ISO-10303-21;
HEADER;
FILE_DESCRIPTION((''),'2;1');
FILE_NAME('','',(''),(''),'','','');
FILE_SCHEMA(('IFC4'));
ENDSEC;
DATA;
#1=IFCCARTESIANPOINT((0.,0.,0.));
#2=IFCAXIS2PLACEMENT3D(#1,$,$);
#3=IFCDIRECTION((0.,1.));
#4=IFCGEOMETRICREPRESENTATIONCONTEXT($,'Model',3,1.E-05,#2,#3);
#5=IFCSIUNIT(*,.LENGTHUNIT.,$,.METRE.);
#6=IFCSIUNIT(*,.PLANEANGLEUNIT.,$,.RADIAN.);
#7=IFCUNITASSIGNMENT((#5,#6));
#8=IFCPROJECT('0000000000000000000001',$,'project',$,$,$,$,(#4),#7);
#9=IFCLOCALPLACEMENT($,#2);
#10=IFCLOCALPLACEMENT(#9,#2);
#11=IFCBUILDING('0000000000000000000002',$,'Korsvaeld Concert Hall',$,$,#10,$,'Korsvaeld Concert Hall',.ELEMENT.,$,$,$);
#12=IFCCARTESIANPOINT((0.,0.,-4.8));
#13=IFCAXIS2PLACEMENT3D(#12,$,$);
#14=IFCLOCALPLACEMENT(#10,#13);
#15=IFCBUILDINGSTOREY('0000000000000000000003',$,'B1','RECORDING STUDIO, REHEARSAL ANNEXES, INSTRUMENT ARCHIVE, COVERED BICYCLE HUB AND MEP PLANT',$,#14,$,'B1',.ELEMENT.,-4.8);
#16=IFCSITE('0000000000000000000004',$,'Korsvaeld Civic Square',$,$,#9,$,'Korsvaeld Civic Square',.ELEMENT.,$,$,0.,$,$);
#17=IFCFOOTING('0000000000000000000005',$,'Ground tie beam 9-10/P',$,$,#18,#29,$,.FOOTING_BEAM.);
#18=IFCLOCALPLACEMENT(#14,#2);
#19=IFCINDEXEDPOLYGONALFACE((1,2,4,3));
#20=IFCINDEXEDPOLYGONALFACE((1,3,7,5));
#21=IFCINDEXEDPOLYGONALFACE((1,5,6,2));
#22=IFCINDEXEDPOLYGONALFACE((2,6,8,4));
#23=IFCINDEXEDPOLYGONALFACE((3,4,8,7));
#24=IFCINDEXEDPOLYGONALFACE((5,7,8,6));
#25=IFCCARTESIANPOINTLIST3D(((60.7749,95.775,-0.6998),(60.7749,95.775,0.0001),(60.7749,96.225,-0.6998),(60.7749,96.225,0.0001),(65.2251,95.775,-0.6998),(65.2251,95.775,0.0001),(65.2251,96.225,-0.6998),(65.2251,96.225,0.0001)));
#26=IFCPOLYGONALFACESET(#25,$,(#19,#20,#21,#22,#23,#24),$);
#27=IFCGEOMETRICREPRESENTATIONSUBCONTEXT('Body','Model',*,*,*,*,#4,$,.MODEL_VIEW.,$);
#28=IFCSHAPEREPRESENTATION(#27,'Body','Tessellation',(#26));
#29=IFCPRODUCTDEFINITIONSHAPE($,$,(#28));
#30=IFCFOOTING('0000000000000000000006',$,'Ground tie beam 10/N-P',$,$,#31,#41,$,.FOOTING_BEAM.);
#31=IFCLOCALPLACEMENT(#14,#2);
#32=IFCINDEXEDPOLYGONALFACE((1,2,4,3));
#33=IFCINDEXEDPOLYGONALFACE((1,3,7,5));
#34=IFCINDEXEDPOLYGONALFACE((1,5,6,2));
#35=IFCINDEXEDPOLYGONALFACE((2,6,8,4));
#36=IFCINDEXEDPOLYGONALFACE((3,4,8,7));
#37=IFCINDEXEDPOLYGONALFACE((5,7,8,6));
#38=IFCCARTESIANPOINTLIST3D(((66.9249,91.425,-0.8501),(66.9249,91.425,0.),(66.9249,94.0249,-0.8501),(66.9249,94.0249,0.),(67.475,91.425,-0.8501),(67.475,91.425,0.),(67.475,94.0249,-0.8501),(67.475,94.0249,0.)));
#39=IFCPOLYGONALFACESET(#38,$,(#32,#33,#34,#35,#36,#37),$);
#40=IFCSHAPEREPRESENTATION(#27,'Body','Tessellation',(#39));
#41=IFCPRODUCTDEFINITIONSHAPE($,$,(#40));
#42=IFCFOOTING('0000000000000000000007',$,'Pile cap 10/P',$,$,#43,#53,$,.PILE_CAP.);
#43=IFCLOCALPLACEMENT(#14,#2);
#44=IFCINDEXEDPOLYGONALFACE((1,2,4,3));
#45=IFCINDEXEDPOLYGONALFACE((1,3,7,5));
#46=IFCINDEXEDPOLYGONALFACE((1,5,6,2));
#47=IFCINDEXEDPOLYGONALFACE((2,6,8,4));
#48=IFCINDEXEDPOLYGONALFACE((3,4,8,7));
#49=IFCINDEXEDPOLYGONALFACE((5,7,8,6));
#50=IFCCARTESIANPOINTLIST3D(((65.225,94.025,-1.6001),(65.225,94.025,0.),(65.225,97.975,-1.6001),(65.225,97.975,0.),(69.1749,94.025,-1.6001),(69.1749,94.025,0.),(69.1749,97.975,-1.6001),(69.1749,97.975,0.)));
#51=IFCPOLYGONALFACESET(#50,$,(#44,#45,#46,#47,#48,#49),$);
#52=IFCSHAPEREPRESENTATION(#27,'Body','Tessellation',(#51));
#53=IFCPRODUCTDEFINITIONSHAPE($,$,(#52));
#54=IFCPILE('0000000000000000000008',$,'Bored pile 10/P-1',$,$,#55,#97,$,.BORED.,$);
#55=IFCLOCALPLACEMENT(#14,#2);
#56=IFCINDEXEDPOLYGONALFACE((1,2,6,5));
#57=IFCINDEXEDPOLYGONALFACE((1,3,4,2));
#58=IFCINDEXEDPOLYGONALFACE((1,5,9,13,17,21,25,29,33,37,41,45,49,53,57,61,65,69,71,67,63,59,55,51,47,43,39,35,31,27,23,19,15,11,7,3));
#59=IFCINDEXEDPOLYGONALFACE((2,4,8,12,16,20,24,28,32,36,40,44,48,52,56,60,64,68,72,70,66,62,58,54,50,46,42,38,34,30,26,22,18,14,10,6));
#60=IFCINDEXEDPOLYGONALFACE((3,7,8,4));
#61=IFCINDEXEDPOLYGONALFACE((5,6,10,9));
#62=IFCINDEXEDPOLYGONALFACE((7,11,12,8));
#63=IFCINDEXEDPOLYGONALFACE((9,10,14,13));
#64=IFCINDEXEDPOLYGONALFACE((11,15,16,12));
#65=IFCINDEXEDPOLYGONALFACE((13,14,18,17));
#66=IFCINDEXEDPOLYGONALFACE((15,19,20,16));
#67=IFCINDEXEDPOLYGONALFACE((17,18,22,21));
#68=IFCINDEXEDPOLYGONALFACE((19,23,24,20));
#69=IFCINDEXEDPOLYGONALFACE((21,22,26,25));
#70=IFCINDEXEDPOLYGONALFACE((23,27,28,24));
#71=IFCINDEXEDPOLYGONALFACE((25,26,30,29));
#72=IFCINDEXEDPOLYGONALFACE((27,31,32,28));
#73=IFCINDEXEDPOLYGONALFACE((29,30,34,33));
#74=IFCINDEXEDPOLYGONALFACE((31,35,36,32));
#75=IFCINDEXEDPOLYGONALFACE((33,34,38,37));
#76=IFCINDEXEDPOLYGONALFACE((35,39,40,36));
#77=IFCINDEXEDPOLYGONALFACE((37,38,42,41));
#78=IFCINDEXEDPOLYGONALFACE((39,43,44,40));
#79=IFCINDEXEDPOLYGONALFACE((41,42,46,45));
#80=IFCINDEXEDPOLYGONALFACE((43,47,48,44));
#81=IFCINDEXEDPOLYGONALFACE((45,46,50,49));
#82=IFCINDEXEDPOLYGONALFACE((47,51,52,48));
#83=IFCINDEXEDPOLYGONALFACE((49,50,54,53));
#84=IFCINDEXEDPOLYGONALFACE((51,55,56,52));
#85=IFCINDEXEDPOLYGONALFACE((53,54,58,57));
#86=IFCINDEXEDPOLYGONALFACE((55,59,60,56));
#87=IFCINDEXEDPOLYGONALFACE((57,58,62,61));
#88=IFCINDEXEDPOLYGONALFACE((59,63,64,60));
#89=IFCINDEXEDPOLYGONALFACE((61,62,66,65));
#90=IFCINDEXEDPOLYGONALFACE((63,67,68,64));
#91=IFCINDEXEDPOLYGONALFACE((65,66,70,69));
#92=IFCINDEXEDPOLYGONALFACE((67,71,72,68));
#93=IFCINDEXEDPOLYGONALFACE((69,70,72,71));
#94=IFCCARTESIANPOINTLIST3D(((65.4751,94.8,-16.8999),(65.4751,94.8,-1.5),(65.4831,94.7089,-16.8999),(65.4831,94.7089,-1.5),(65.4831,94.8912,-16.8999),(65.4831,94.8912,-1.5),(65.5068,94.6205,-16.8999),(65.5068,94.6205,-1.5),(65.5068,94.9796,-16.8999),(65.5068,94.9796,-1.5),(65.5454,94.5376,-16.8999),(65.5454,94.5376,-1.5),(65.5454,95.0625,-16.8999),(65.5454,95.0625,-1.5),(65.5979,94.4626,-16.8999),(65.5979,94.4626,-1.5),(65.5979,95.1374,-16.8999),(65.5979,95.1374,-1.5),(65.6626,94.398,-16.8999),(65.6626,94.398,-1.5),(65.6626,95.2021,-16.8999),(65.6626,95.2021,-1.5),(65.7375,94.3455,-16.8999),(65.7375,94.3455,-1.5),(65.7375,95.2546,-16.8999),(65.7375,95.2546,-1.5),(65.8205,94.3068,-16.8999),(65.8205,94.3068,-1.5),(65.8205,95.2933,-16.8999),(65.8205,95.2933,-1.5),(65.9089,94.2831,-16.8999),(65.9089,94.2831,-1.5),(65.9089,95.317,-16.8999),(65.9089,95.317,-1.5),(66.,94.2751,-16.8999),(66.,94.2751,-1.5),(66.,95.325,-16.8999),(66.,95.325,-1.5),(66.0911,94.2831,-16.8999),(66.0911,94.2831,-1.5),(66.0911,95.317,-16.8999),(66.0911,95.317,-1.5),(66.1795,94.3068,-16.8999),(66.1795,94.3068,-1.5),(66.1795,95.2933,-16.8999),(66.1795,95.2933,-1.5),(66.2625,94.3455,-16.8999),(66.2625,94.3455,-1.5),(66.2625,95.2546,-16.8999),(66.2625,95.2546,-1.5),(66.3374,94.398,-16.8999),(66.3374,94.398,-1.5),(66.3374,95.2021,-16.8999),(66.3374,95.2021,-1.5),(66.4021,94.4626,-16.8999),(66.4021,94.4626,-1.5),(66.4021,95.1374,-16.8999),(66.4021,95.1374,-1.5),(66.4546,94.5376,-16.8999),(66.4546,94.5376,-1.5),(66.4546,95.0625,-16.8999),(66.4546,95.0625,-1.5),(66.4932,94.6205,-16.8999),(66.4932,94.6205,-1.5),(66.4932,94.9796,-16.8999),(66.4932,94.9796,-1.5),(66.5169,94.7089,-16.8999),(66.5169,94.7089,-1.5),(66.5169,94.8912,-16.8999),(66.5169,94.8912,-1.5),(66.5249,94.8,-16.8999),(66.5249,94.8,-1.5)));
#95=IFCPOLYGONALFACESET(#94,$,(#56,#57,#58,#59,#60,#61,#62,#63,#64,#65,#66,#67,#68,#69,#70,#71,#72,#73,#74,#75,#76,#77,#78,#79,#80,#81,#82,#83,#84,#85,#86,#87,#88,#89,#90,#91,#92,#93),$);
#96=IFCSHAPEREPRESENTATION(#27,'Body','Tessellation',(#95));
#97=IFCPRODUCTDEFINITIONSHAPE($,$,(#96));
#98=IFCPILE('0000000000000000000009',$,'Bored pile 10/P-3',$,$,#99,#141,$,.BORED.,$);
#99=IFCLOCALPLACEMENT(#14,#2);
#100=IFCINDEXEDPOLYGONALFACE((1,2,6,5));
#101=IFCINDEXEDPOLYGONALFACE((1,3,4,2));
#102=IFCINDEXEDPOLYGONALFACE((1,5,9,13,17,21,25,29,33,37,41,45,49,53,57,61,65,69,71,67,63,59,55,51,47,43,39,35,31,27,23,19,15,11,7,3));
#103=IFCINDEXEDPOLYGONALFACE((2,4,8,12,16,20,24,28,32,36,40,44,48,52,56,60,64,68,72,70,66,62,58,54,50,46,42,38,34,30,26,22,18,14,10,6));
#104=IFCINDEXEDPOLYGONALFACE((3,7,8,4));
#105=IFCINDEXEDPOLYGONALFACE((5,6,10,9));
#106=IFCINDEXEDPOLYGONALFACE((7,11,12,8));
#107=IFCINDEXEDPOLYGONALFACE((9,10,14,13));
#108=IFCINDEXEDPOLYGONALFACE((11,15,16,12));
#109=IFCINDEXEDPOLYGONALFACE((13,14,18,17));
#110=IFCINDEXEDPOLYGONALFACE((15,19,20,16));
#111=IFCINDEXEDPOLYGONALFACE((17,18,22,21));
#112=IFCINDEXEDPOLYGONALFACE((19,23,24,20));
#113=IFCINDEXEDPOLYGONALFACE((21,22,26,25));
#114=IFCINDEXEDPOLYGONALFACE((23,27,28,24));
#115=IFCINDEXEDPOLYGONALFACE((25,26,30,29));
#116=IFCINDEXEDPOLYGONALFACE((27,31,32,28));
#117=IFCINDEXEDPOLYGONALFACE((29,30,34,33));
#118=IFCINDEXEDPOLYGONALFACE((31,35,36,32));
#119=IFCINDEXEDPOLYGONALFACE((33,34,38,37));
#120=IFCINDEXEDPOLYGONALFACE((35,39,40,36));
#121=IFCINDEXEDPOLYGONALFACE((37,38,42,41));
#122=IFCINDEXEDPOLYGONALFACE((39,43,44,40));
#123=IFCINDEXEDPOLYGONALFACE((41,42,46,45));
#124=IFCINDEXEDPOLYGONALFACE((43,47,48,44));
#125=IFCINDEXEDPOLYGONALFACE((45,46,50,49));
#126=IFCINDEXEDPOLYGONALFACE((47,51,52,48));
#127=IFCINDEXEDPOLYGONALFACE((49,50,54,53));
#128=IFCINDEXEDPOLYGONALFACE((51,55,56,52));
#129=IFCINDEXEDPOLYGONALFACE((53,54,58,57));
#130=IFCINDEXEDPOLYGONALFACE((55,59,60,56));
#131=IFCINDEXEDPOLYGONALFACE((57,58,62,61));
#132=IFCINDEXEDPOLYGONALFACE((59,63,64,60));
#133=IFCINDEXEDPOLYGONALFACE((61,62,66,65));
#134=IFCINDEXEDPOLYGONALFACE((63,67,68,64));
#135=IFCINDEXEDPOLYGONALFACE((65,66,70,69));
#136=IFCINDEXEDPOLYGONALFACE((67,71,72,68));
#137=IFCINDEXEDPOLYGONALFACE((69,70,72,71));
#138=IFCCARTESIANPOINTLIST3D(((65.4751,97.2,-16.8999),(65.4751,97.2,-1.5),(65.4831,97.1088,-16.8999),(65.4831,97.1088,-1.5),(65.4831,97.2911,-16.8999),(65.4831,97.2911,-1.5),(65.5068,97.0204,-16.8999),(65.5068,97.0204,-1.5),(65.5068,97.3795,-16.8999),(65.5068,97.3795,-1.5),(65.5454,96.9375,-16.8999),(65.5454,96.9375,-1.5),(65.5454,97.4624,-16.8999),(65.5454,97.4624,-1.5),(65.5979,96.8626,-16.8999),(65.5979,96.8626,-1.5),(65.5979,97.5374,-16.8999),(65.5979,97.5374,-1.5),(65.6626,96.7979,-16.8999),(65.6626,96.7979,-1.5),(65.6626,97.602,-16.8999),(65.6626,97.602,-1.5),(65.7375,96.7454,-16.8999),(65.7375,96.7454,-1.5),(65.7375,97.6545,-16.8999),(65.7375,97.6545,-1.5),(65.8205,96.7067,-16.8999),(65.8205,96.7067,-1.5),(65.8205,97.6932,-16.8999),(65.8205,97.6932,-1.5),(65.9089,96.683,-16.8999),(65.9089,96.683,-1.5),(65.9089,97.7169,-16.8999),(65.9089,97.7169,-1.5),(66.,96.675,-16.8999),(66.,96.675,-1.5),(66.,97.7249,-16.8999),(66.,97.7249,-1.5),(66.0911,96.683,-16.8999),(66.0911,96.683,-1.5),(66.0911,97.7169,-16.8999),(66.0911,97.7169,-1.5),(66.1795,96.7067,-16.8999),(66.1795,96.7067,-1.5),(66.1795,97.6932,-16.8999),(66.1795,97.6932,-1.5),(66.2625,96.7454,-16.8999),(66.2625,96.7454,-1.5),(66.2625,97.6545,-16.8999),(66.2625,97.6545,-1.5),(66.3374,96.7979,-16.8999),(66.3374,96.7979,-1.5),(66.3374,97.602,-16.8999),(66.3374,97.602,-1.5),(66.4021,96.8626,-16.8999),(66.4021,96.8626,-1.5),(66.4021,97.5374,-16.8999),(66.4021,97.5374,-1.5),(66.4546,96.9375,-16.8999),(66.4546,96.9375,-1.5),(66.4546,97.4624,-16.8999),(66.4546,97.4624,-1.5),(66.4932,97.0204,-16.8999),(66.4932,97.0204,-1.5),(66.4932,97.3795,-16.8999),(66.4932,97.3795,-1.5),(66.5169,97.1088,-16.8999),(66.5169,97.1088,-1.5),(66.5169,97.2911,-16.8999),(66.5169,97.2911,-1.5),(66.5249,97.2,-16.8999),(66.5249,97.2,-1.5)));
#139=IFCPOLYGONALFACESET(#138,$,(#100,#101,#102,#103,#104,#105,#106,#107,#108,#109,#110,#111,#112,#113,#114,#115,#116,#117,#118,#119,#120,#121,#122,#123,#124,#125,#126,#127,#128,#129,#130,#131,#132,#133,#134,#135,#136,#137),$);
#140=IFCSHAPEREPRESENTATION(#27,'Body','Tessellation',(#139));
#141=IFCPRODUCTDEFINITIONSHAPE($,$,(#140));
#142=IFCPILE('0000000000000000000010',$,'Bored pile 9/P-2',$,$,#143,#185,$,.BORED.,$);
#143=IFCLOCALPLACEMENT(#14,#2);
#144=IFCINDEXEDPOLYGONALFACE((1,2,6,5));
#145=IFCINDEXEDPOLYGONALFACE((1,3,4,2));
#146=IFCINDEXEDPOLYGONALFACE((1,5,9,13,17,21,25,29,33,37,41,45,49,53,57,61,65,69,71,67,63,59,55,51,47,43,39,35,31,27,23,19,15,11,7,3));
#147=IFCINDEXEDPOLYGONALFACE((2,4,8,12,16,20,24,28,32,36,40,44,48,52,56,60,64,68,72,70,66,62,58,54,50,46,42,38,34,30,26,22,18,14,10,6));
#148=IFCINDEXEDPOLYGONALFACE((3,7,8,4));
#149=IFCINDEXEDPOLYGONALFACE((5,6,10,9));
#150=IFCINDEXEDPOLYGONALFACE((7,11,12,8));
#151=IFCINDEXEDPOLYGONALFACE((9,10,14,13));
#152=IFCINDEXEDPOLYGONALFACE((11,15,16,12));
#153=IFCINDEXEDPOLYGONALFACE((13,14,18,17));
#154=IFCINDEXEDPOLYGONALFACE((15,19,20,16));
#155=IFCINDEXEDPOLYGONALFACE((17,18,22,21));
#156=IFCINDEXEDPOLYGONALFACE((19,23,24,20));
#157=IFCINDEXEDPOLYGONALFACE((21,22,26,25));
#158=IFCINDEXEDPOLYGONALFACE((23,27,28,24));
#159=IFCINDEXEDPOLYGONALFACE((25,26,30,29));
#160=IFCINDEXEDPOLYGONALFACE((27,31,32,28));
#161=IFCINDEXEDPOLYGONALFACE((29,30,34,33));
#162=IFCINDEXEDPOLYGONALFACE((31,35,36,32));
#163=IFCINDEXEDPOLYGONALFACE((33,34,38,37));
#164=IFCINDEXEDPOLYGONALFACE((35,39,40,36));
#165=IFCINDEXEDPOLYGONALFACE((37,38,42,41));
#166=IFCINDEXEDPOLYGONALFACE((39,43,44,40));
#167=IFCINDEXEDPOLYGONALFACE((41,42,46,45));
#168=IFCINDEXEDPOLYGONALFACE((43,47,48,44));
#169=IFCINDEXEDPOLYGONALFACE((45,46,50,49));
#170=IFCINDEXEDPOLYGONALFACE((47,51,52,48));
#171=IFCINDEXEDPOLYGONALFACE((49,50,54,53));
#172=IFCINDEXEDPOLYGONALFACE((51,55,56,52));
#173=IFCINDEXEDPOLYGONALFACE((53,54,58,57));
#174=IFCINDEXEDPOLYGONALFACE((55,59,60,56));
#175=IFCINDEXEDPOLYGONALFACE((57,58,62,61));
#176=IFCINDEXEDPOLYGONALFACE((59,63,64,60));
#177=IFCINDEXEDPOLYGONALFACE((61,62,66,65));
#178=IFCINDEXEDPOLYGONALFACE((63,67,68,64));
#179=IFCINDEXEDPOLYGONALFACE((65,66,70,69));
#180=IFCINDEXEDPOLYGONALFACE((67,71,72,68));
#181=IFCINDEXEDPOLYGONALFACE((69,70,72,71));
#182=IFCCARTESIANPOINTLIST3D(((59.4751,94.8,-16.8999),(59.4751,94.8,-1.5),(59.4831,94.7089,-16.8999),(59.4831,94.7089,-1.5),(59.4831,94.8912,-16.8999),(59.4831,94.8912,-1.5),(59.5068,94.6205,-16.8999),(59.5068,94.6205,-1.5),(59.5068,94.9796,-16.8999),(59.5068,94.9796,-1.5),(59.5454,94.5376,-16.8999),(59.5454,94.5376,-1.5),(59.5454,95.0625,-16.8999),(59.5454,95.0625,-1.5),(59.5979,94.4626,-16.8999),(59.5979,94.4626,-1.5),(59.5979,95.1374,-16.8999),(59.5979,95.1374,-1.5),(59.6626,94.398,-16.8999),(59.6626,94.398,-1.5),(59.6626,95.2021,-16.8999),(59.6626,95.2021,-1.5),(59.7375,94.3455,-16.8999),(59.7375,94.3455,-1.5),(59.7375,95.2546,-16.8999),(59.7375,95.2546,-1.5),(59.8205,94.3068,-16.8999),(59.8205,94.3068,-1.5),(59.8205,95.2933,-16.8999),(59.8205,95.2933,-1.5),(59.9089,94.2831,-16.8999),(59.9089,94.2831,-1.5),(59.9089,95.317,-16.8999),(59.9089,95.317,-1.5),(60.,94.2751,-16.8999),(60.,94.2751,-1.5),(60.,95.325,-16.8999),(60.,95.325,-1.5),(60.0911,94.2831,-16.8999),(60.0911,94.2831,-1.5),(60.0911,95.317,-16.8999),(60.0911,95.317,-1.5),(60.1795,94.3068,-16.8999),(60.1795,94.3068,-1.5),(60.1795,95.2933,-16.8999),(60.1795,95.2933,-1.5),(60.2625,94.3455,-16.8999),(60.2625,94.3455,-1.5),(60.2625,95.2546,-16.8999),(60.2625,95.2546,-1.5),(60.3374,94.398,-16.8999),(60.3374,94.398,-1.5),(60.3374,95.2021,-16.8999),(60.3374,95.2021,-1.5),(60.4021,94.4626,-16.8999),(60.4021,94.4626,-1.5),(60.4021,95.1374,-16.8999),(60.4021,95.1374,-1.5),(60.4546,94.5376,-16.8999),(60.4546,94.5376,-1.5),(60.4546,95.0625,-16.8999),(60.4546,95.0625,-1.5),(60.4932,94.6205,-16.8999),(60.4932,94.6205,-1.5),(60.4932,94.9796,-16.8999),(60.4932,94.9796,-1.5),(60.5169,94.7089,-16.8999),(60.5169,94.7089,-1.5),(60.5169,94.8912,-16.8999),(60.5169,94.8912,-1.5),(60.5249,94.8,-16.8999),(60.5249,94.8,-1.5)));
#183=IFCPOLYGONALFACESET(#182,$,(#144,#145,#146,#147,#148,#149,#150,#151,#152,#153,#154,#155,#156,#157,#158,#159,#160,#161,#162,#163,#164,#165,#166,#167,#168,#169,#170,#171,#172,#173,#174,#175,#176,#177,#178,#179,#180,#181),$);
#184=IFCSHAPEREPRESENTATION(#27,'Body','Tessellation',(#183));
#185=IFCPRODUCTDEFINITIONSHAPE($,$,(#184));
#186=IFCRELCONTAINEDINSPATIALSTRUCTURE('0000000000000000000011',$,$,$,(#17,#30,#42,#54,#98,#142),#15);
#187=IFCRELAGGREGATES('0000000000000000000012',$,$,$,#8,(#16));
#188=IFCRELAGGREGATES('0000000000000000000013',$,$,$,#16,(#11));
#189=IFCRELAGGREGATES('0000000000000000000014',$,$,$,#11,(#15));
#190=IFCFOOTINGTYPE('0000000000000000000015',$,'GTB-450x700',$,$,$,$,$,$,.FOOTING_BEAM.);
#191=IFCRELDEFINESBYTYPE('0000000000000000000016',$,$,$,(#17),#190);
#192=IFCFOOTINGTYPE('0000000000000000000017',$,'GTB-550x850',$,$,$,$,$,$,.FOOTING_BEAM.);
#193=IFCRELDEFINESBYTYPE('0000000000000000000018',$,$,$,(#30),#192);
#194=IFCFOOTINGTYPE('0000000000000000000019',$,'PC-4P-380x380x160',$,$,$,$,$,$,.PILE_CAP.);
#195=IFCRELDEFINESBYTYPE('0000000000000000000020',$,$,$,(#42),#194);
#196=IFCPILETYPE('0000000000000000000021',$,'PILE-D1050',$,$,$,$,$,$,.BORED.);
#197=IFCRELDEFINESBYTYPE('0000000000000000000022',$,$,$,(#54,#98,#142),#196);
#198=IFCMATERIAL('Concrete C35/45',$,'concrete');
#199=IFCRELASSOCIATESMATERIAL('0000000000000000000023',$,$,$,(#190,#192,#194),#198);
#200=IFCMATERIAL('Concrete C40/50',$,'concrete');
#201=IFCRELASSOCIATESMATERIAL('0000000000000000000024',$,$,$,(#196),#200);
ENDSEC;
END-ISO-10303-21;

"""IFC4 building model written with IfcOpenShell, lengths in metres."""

from ifc_helpers import new_model, si_unit, direction, frame, origin, origin_2d, place, context, subcontext, project, spatial, rectangle, circle, extrude, material, material_profile, profile_set, type_object, element, save


model = new_model("IFC4")

# Units and contexts
model_context = context("Model", 3, precision=1e-05, world=origin(), true_north=direction((0.0, 1.0)))
body_context = subcontext(model_context, "Body", "Model", "MODEL_VIEW")
ifc_project = project(units=[si_unit("LENGTHUNIT", "METRE"), si_unit("PLANEANGLEUNIT", "RADIAN")], contexts=[model_context])

# Site, building, storey
site_placement = place(None, origin())
site = spatial("IfcSite", under=ifc_project, at=site_placement, Name="Korsvaeld Civic Square", LongName="Korsvaeld Civic Square", CompositionType="ELEMENT", RefElevation=0.0)
building_placement = place(site_placement, origin())
building = spatial("IfcBuilding", under=site, at=building_placement, Name="Korsvaeld Concert Hall", LongName="Korsvaeld Concert Hall", CompositionType="ELEMENT")
storey_placement = place(building_placement, frame((0.0, 0.0, -4.8)))
storey = spatial("IfcBuildingStorey", under=building, at=storey_placement, Name="B1", Description="RECORDING STUDIO, REHEARSAL ANNEXES, INSTRUMENT ARCHIVE, COVERED BICYCLE HUB AND MEP PLANT", LongName="B1", CompositionType="ELEMENT", Elevation=-4.8)

# Footings
ifc_material_1 = material(Name="Concrete C35/45", Category="concrete")
ifc_material_profile_1 = material_profile(ifc_material_1, rectangle(XDim=0.45, YDim=0.7, at=origin_2d()), Name="GTB 450x700")
ifc_profile_set_1 = profile_set([ifc_material_profile_1], Name="Concrete C35/45")
footing_type_1 = type_object("IfcFootingType", Name="GTB-450x700", PredefinedType="FOOTING_BEAM", material=ifc_profile_set_1)
footing_1_placement = place(storey_placement, frame((60.7749, 96.0, -0.3499), z_axis=(1.0, 0.0, 0.0), x_axis=(0.0, 1.0, 0.0)))
element("IfcFooting", 1, at=footing_1_placement, inside=storey, type_object=footing_type_1, Name="Ground tie beam 9-10/P", PredefinedType="FOOTING_BEAM", context=body_context, shape_type="SweptSolid", body=[
    extrude(rectangle(XDim=0.45, YDim=0.7, at=origin_2d()), origin(), (0.0, 0.0, 1.0), 4.4502),
])
ifc_material_profile_2 = material_profile(ifc_material_1, rectangle(XDim=0.55, YDim=0.8501, at=origin_2d()), Name="GTB 550x850")
ifc_profile_set_2 = profile_set([ifc_material_profile_2], Name="Concrete C35/45")
footing_type_2 = type_object("IfcFootingType", Name="GTB-550x850", PredefinedType="FOOTING_BEAM", material=ifc_profile_set_2)
footing_2_placement = place(storey_placement, frame((67.2, 91.425, -0.425), z_axis=(0.0, 1.0, 0.0), x_axis=(-1.0, 0.0, 0.0)))
element("IfcFooting", 2, at=footing_2_placement, inside=storey, type_object=footing_type_2, Name="Ground tie beam 10/N-P", PredefinedType="FOOTING_BEAM", context=body_context, shape_type="SweptSolid", body=[
    extrude(rectangle(XDim=0.55, YDim=0.8501, at=origin_2d()), origin(), (0.0, 0.0, 1.0), 2.5999),
])
footing_type_3 = type_object("IfcFootingType", Name="PC-4P-380x380x160", PredefinedType="PILE_CAP", material=ifc_material_1)
footing_3_placement = place(storey_placement, frame((67.2, 96.0, -1.6001), z_axis=(0.0, 0.0, 1.0), x_axis=(1.0, 0.0, 0.0)))
element("IfcFooting", 3, at=footing_3_placement, inside=storey, type_object=footing_type_3, Name="Pile cap 10/P", PredefinedType="PILE_CAP", context=body_context, shape_type="SweptSolid", body=[
    extrude(rectangle(XDim=3.95, YDim=3.95, at=origin_2d()), origin(), (0.0, 0.0, 1.0), 1.6001),
])

# Piles
ifc_material_2 = material(Name="Concrete C40/50", Category="concrete")
ifc_material_profile_3 = material_profile(ifc_material_2, circle(Radius=0.5249, at=origin_2d()), Name="BORED PILE D1050")
ifc_profile_set_3 = profile_set([ifc_material_profile_3], Name="Concrete C40/50")
pile_type = type_object("IfcPileType", Name="PILE-D1050", PredefinedType="BORED", material=ifc_profile_set_3)
for number, where, z_axis, x_axis, name in (
    (4, (66.0, 94.8, -1.5), (0.0, 0.0, -1.0), (1.0, 0.0, 0.0), "Bored pile 10/P-1"),
    (5, (66.0, 97.2, -1.5), (0.0, 0.0, -1.0), (1.0, 0.0, 0.0), "Bored pile 10/P-3"),
    (6, (60.0, 94.8, -1.5), (0.0, 0.0, -1.0), (1.0, 0.0, 0.0), "Bored pile 9/P-2"),
):
    element("IfcPile", number, at=place(storey_placement, frame(where, z_axis=z_axis, x_axis=x_axis)), inside=storey, type_object=pile_type, Name=name, PredefinedType="BORED", context=body_context, shape_type="SweptSolid", body=[
        extrude(circle(Radius=0.5249, at=origin_2d()), origin(), (0.0, 0.0, 1.0), 15.3999),
    ])

save(model, "model.ifc")
